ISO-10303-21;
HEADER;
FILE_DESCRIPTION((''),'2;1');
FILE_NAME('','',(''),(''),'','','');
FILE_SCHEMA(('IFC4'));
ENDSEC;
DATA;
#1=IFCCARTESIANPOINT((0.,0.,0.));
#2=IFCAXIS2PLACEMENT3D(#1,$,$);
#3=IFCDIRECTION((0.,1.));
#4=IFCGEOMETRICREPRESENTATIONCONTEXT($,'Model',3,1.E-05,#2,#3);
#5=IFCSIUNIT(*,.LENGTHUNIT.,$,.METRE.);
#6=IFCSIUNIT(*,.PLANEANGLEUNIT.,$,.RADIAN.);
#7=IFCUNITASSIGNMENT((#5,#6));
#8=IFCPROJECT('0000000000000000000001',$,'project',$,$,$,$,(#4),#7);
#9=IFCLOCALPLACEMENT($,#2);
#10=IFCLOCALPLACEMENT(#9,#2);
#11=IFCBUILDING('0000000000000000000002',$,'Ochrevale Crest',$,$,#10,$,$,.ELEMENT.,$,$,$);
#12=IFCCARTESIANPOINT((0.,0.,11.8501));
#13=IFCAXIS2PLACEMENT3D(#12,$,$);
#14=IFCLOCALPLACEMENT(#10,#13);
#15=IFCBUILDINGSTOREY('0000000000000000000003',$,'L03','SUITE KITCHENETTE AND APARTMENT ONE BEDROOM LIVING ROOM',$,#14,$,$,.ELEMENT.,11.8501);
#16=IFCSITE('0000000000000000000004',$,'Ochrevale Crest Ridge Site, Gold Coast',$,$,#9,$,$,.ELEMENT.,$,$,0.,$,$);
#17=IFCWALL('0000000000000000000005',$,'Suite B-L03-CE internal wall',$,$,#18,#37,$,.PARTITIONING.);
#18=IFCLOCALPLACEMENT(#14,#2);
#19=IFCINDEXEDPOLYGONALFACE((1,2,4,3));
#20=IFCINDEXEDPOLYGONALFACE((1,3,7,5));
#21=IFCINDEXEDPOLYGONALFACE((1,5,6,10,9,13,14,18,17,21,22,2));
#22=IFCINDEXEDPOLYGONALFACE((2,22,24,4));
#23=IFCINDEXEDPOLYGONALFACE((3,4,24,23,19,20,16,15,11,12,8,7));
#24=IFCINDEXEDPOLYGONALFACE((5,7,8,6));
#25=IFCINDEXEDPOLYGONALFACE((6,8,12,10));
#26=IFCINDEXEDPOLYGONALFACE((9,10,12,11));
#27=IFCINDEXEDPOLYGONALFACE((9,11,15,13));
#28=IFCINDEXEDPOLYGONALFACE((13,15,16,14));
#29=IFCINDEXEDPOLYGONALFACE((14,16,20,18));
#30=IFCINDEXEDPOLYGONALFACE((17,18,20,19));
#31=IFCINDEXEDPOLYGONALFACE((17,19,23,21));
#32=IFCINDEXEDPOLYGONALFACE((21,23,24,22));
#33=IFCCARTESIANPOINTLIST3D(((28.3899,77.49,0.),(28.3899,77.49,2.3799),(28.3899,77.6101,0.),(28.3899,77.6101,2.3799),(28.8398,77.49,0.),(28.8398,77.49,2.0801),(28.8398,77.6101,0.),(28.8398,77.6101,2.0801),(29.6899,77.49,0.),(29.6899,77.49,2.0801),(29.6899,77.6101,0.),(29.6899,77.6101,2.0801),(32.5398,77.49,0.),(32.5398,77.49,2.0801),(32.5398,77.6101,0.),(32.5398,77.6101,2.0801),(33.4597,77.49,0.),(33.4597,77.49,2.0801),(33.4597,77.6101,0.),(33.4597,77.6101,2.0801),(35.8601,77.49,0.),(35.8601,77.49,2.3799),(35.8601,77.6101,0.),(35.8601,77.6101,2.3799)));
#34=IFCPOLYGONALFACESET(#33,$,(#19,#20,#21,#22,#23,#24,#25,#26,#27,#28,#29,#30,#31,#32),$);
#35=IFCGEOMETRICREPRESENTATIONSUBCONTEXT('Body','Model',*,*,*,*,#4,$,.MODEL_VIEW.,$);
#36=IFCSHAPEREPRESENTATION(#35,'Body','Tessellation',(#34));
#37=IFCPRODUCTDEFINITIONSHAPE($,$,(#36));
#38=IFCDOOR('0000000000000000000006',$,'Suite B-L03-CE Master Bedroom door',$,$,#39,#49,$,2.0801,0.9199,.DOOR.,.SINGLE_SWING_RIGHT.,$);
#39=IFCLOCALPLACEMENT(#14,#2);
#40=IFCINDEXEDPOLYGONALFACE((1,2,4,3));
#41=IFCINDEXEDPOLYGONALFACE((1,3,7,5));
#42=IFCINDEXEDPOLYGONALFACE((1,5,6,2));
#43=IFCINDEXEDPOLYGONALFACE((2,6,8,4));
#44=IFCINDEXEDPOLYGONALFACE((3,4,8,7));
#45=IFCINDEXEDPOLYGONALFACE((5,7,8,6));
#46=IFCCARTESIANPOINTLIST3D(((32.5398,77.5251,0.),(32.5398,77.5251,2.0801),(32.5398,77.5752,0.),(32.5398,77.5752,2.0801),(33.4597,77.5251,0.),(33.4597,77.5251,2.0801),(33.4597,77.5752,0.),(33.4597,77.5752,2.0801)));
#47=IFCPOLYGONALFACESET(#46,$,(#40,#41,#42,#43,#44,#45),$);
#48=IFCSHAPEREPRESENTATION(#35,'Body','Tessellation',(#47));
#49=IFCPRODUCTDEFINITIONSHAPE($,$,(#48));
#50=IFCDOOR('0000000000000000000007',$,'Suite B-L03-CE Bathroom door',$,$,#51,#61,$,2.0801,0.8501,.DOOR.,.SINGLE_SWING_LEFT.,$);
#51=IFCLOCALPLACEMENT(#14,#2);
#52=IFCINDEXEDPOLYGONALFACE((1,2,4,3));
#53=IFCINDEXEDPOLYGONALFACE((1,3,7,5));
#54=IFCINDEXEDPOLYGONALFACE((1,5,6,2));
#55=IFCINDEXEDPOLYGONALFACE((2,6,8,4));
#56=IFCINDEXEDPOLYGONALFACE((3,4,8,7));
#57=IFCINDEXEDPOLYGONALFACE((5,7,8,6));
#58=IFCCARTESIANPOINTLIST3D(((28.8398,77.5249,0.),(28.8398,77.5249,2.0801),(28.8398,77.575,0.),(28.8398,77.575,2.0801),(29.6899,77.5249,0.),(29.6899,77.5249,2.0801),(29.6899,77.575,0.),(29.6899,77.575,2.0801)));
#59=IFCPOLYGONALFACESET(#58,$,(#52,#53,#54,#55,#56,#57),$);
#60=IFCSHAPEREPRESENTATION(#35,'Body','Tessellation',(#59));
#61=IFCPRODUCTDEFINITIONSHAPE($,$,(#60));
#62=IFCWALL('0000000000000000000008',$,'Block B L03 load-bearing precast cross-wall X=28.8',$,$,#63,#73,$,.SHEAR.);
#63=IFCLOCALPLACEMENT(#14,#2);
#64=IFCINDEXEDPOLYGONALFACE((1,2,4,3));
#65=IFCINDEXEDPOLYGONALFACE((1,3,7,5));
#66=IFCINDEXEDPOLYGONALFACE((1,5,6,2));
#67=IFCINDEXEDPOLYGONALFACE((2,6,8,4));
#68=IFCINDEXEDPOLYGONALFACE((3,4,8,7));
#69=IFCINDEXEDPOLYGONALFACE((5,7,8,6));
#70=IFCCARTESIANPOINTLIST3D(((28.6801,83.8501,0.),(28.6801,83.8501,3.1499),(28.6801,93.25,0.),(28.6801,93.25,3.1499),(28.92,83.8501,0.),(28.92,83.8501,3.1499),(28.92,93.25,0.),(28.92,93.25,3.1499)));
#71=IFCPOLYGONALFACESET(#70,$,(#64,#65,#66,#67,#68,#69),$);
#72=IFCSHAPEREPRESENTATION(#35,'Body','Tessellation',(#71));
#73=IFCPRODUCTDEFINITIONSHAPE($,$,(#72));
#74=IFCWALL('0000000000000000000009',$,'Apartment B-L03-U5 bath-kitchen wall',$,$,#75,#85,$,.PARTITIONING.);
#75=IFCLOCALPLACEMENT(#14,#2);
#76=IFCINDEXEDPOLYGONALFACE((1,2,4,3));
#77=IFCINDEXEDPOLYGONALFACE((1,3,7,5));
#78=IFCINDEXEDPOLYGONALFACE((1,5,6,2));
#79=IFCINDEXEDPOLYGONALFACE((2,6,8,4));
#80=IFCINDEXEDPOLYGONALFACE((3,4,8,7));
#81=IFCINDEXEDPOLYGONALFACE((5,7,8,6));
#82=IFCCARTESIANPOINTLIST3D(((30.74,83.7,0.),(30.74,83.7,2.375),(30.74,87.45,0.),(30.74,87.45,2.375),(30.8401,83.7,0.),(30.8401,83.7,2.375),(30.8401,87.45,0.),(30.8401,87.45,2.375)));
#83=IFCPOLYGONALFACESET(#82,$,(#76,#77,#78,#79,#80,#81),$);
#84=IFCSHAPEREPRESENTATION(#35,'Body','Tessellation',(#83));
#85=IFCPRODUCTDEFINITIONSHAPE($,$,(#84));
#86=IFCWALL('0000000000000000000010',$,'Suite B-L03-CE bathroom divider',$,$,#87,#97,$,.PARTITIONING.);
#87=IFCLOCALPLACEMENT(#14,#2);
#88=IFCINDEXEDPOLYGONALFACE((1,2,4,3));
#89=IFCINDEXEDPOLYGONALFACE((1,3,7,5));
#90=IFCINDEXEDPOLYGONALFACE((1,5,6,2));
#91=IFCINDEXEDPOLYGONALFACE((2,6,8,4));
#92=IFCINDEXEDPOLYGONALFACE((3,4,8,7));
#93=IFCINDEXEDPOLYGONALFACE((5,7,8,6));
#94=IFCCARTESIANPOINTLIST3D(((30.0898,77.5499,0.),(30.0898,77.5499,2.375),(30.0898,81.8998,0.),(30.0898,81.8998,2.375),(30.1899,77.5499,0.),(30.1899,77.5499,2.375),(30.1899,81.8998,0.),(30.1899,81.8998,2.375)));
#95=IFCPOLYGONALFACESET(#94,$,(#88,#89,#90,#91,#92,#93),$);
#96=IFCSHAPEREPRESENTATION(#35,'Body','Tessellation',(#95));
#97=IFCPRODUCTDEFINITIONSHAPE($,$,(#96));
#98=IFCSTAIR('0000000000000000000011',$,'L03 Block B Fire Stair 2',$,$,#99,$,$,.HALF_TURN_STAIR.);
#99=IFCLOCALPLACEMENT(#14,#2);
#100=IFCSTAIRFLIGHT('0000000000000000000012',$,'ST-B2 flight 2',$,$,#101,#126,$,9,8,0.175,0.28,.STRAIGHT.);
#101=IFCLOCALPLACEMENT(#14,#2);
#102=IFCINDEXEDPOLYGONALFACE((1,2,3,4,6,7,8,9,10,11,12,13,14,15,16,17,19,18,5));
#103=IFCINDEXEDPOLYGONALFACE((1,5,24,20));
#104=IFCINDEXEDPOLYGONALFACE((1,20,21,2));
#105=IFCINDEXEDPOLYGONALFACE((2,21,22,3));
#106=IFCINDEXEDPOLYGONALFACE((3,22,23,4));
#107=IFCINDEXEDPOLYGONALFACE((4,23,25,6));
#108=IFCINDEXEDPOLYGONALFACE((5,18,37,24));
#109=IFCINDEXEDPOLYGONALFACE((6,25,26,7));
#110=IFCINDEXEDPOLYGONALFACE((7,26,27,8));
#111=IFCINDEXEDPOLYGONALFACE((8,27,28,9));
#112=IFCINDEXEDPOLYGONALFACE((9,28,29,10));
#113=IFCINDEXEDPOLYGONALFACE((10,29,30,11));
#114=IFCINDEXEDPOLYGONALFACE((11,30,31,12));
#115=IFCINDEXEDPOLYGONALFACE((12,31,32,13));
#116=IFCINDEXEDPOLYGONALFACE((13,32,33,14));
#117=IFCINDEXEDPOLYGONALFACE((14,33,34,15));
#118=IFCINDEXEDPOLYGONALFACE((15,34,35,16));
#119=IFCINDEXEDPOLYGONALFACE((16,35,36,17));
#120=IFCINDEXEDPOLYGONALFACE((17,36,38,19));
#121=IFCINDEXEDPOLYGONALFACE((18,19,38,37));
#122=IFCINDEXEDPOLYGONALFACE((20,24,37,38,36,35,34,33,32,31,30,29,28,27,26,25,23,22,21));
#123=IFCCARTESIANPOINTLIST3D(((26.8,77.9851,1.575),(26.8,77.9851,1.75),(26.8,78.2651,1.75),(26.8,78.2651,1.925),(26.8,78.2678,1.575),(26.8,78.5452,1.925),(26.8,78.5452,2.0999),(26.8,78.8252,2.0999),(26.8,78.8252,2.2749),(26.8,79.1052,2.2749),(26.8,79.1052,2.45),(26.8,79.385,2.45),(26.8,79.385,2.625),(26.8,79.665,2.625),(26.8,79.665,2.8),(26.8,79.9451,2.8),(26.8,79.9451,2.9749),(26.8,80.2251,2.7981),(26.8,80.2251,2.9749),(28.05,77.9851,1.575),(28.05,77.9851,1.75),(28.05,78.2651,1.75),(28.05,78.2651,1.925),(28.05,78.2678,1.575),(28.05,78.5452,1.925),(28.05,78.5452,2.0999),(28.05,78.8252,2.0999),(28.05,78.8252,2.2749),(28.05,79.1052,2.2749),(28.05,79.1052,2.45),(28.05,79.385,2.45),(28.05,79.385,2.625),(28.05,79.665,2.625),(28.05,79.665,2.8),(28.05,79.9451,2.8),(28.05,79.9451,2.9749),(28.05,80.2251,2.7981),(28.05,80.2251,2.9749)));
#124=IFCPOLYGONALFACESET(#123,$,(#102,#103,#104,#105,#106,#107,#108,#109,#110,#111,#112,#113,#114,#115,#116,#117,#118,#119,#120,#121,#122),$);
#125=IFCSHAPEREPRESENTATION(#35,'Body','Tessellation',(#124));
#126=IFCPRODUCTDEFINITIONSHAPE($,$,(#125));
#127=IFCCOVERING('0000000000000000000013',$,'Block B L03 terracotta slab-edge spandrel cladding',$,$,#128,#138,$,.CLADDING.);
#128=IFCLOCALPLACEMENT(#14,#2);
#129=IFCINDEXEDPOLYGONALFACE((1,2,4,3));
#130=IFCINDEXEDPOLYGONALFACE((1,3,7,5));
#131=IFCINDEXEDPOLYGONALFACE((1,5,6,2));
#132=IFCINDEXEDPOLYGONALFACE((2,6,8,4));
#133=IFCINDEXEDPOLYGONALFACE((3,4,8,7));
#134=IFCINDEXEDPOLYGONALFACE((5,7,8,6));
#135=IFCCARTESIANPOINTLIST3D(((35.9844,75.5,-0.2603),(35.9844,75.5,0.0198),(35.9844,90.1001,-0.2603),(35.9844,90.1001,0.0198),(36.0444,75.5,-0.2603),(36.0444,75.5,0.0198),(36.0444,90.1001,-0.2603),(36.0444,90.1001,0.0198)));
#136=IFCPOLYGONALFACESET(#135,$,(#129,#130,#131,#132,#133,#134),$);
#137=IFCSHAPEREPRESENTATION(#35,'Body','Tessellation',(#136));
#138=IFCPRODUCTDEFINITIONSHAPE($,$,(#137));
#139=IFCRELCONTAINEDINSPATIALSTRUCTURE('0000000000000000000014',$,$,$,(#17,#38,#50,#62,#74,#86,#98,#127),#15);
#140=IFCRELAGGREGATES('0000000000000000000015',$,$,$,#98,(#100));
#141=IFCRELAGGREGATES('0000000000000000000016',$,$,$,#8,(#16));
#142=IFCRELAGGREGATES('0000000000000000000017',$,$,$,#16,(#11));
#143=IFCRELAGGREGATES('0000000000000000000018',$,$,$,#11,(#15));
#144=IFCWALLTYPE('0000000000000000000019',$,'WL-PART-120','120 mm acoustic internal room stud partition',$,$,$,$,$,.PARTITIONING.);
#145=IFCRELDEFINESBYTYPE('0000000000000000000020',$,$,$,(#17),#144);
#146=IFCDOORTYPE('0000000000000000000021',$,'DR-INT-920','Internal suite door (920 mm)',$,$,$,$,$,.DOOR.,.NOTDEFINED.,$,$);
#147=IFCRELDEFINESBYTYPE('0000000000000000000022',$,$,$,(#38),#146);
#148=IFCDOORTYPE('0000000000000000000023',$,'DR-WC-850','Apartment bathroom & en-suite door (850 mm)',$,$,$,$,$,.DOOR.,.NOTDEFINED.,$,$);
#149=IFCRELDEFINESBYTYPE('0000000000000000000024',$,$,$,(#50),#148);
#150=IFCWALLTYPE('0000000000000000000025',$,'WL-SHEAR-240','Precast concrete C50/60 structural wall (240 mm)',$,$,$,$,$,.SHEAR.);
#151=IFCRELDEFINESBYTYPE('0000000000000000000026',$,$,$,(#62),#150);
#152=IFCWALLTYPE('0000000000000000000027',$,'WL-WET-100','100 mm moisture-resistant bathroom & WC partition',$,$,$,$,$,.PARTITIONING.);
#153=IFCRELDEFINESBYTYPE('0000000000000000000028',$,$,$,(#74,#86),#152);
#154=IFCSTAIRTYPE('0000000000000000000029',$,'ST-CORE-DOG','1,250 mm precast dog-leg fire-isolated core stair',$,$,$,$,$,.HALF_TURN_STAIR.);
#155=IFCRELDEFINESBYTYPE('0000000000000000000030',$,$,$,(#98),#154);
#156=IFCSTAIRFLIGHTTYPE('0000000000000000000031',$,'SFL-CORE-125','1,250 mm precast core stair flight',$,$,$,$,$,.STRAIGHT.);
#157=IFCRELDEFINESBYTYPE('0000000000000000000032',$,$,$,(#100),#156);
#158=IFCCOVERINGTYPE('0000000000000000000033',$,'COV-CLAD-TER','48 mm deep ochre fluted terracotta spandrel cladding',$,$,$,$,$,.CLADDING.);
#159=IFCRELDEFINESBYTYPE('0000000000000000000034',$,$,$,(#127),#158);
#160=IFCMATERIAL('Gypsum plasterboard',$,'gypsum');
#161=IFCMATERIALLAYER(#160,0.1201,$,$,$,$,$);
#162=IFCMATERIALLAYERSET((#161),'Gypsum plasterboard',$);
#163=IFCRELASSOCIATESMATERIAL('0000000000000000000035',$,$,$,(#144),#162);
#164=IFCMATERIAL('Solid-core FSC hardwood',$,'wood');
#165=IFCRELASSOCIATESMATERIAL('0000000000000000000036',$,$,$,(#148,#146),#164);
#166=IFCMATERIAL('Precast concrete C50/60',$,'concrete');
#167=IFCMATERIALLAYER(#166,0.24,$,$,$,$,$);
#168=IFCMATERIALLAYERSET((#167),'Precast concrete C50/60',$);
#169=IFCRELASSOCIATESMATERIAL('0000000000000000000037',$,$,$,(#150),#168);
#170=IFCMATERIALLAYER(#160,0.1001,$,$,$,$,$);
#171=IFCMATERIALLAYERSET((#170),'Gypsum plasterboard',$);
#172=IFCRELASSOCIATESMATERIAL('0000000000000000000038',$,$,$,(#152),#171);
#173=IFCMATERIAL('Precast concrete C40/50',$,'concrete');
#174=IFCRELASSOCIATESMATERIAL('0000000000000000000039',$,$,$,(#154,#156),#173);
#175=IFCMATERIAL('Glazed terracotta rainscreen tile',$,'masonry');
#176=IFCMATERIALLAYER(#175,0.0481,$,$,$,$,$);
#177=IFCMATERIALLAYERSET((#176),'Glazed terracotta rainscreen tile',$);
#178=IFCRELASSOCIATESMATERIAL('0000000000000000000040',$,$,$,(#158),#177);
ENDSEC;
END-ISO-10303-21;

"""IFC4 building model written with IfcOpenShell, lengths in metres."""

from ifc_helpers import new_model, si_unit, direction, frame, frame_2d, origin, origin_2d, place, context, subcontext, project, spatial, polyline, rectangle, outline, extrude, material, layer, layer_set, type_object, element, fill, aggregate, save


model = new_model("IFC4")

# Units and contexts
model_context = context("Model", 3, precision=1e-05, world=origin(), true_north=direction((0.0, 1.0)))
body_context = subcontext(model_context, "Body", "Model", "MODEL_VIEW")
ifc_project = project(units=[si_unit("LENGTHUNIT", "METRE"), si_unit("PLANEANGLEUNIT", "RADIAN")], contexts=[model_context])

# Site, building, storey
site_placement = place(None, origin())
site = spatial("IfcSite", under=ifc_project, at=site_placement, Name="Ochrevale Crest Ridge Site, Gold Coast", CompositionType="ELEMENT", RefElevation=0.0)
building_placement = place(site_placement, origin())
building = spatial("IfcBuilding", under=site, at=building_placement, Name="Ochrevale Crest", CompositionType="ELEMENT")
storey_placement = place(building_placement, frame((0.0, 0.0, 11.8501)))
storey = spatial("IfcBuildingStorey", under=building, at=storey_placement, Name="L03", Description="SUITE KITCHENETTE AND APARTMENT ONE BEDROOM LIVING ROOM", CompositionType="ELEMENT", Elevation=11.8501)

# Shared definitions
ifc_material_1 = material(Name="Precast concrete C50/60", Category="concrete")

# Shared definitions
ifc_material_2 = material(Name="Precast concrete C40/50", Category="concrete")

# Shared definitions
ifc_material_3 = material(Name="Gypsum plasterboard", Category="gypsum")
ifc_material_4 = material(Name="Solid-core FSC hardwood", Category="wood")

# Shared definitions
ifc_layer_1 = layer(ifc_material_3, 0.1201)
ifc_layer_set_1 = layer_set([ifc_layer_1], Name="Gypsum plasterboard")
wall_type_1 = type_object("IfcWallType", Name="WL-PART-120", Description="120 mm acoustic internal room stud partition", PredefinedType="PARTITIONING", material=ifc_layer_set_1)

# Shared definitions
door_type_1 = type_object("IfcDoorType", Name="DR-WC-850", Description="Apartment bathroom & en-suite door (850 mm)", OperationType="NOTDEFINED", PredefinedType="DOOR", material=ifc_material_4)

# Wall, openings, doors
wall_1_placement = place(storey_placement, frame((28.3899, 77.55, 0.0), z_axis=(0.0, 0.0, 1.0), x_axis=(1.0, 0.0, 0.0)))
wall_1 = element("IfcWall", 1, at=wall_1_placement, inside=storey, type_object=wall_type_1, Name="Suite B-L03-CE internal wall", PredefinedType="PARTITIONING", context=body_context, shape_type="SweptSolid", body=[
    extrude(rectangle(XDim=7.4702, YDim=0.1201, at=frame_2d((3.7351, 0.0))), origin(), (0.0, 0.0, 1.0), 2.3799),
])
opening_1_placement = place(wall_1_placement, frame((0.45, 0.0, 0.0)))
opening_1 = element("IfcOpeningElement", 2, at=opening_1_placement, cuts=wall_1, PredefinedType="OPENING", context=body_context, shape_type="SweptSolid", body=[
    extrude(rectangle(XDim=0.8501, YDim=2.0801, at=frame_2d((0.425, 1.04))), frame((0.0, 0.0701, 0.0), z_axis=(0.0, -1.0, 0.0), x_axis=(1.0, 0.0, 0.0)), (0.0, 0.0, 1.0), 0.1401),
])
opening_2_placement = place(wall_1_placement, frame((5.0698, 0.0, 0.0), z_axis=(0.0, 0.0, 1.0), x_axis=(-1.0, 0.0, 0.0)))
opening_2 = element("IfcOpeningElement", 3, at=opening_2_placement, cuts=wall_1, PredefinedType="OPENING", context=body_context, shape_type="SweptSolid", body=[
    extrude(rectangle(XDim=0.9199, YDim=2.0801, at=frame_2d((0.46, 1.04))), frame((0.0, 0.0701, 0.0), z_axis=(0.0, -1.0, 0.0), x_axis=(1.0, 0.0, 0.0)), (0.0, 0.0, 1.0), 0.1401),
])
door_type_2 = type_object("IfcDoorType", Name="DR-INT-920", Description="Internal suite door (920 mm)", OperationType="NOTDEFINED", PredefinedType="DOOR", material=ifc_material_4)
door_1_placement = place(opening_2_placement, origin())
door_1 = element("IfcDoor", 4, at=door_1_placement, inside=storey, type_object=door_type_2, Name="Suite B-L03-CE Master Bedroom door", OperationType="SINGLE_SWING_RIGHT", OverallHeight=2.0801, OverallWidth=0.9199, PredefinedType="DOOR", context=body_context, shape_type="SweptSolid", body=[
    extrude(rectangle(XDim=0.9199, YDim=2.0801, at=frame_2d((0.46, 1.04))), frame((0.0, 0.0249, 0.0), z_axis=(0.0, -1.0, 0.0), x_axis=(1.0, 0.0, 0.0)), (0.0, 0.0, 1.0), 0.05),
])
fill(opening_2, door_1)
door_2_placement = place(opening_1_placement, origin())
door_2 = element("IfcDoor", 5, at=door_2_placement, inside=storey, type_object=door_type_1, Name="Suite B-L03-CE Bathroom door", OperationType="SINGLE_SWING_LEFT", OverallHeight=2.0801, OverallWidth=0.8501, PredefinedType="DOOR", context=body_context, shape_type="SweptSolid", body=[
    extrude(rectangle(XDim=0.8501, YDim=2.0801, at=frame_2d((0.425, 1.04))), frame((0.0, 0.0249, 0.0), z_axis=(0.0, -1.0, 0.0), x_axis=(1.0, 0.0, 0.0)), (0.0, 0.0, 1.0), 0.05),
])
fill(opening_1, door_2)

# Walls
ifc_layer_2 = layer(ifc_material_1, 0.24)
ifc_layer_set_2 = layer_set([ifc_layer_2], Name="Precast concrete C50/60")
wall_type_2 = type_object("IfcWallType", Name="WL-SHEAR-240", Description="Precast concrete C50/60 structural wall (240 mm)", PredefinedType="SHEAR", material=ifc_layer_set_2)
wall_2_placement = place(storey_placement, frame((28.8, 83.8501, 0.0), z_axis=(0.0, 0.0, 1.0), x_axis=(0.0, 1.0, 0.0)))
element("IfcWall", 6, at=wall_2_placement, inside=storey, type_object=wall_type_2, Name="Block B L03 load-bearing precast cross-wall X=28.8", PredefinedType="SHEAR", context=body_context, shape_type="SweptSolid", body=[
    extrude(rectangle(XDim=9.3999, YDim=0.24, at=frame_2d((4.7, 0.0))), origin(), (0.0, 0.0, 1.0), 3.1499),
])
ifc_layer_3 = layer(ifc_material_3, 0.1001)
ifc_layer_set_3 = layer_set([ifc_layer_3], Name="Gypsum plasterboard")
wall_type_3 = type_object("IfcWallType", Name="WL-WET-100", Description="100 mm moisture-resistant bathroom & WC partition", PredefinedType="PARTITIONING", material=ifc_layer_set_3)
wall_3_placement = place(storey_placement, frame((30.79, 83.7, 0.0), z_axis=(0.0, 0.0, 1.0), x_axis=(0.0, 1.0, 0.0)))
element("IfcWall", 7, at=wall_3_placement, inside=storey, type_object=wall_type_3, Name="Apartment B-L03-U5 bath-kitchen wall", PredefinedType="PARTITIONING", context=body_context, shape_type="SweptSolid", body=[
    extrude(rectangle(XDim=3.75, YDim=0.1001, at=frame_2d((1.875, 0.0))), origin(), (0.0, 0.0, 1.0), 2.375),
])
wall_4_placement = place(storey_placement, frame((30.1399, 77.55, 0.0), z_axis=(0.0, 0.0, 1.0), x_axis=(0.0, 1.0, 0.0)))
element("IfcWall", 8, at=wall_4_placement, inside=storey, type_object=wall_type_3, Name="Suite B-L03-CE bathroom divider", PredefinedType="PARTITIONING", context=body_context, shape_type="SweptSolid", body=[
    extrude(rectangle(XDim=4.3499, YDim=0.1001, at=frame_2d((2.1748, 0.0))), origin(), (0.0, 0.0, 1.0), 2.375),
])

# Stair, stair flight
stair_type = type_object("IfcStairType", Name="ST-CORE-DOG", Description="1,250 mm precast dog-leg fire-isolated core stair", PredefinedType="HALF_TURN_STAIR", material=ifc_material_2)
stair_placement = place(storey_placement, origin())
stair = element("IfcStair", 9, at=stair_placement, inside=storey, type_object=stair_type, Name="L03 Block B Fire Stair 2", PredefinedType="HALF_TURN_STAIR")
stair_flight_type = type_object("IfcStairFlightType", Name="SFL-CORE-125", Description="1,250 mm precast core stair flight", PredefinedType="STRAIGHT", material=ifc_material_2)
stair_flight_placement = place(storey_placement, frame((27.425, 77.9851, 1.575), z_axis=(0.0, 0.0, 1.0), x_axis=(0.0, 1.0, 0.0)))
stair_flight = element("IfcStairFlight", 10, at=stair_flight_placement, type_object=stair_flight_type, Name="ST-B2 flight 2", NumberOfRisers=9, NumberOfTreads=8, PredefinedType="STRAIGHT", RiserHeight=0.175, TreadLength=0.28, context=body_context, shape_type="SweptSolid", body=[
    extrude(outline(polyline([(0.0, 0.0), (0.0, 0.175), (0.28, 0.175), (0.28, 0.3501), (0.5601, 0.3501), (0.5601, 0.5249), (0.8401, 0.5249), (0.8401, 0.7), (1.1201, 0.7), (1.1201, 0.875), (1.3999, 0.875), (1.3999, 1.05), (1.6799, 1.05), (1.6799, 1.2251), (1.96, 1.2251), (1.96, 1.3999), (2.24, 1.3999), (2.24, 1.575), (2.24, 1.2231), (0.2827, 0.0), (0.0, 0.0)])), frame((0.0, 0.625, 0.0), z_axis=(0.0, -1.0, 0.0), x_axis=(1.0, 0.0, 0.0)), (0.0, 0.0, 1.0), 1.25),
])
aggregate(stair, [stair_flight])

# Covering
ifc_material_5 = material(Name="Glazed terracotta rainscreen tile", Category="masonry")
ifc_layer_4 = layer(ifc_material_5, 0.0481)
ifc_layer_set_4 = layer_set([ifc_layer_4], Name="Glazed terracotta rainscreen tile")
covering_type = type_object("IfcCoveringType", Name="COV-CLAD-TER", Description="48 mm deep ochre fluted terracotta spandrel cladding", PredefinedType="CLADDING", material=ifc_layer_set_4)
covering_placement = place(storey_placement, frame((36.0144, 82.8, -0.2603), z_axis=(0.0, 0.0, 1.0), x_axis=(0.0, 1.0, 0.0)))
element("IfcCovering", 11, at=covering_placement, inside=storey, type_object=covering_type, Name="Block B L03 terracotta slab-edge spandrel cladding", PredefinedType="CLADDING", context=body_context, shape_type="SweptSolid", body=[
    extrude(rectangle(XDim=14.6001, YDim=0.0601, at=origin_2d()), origin(), (0.0, 0.0, 1.0), 0.28),
])

save(model, "model.ifc")
